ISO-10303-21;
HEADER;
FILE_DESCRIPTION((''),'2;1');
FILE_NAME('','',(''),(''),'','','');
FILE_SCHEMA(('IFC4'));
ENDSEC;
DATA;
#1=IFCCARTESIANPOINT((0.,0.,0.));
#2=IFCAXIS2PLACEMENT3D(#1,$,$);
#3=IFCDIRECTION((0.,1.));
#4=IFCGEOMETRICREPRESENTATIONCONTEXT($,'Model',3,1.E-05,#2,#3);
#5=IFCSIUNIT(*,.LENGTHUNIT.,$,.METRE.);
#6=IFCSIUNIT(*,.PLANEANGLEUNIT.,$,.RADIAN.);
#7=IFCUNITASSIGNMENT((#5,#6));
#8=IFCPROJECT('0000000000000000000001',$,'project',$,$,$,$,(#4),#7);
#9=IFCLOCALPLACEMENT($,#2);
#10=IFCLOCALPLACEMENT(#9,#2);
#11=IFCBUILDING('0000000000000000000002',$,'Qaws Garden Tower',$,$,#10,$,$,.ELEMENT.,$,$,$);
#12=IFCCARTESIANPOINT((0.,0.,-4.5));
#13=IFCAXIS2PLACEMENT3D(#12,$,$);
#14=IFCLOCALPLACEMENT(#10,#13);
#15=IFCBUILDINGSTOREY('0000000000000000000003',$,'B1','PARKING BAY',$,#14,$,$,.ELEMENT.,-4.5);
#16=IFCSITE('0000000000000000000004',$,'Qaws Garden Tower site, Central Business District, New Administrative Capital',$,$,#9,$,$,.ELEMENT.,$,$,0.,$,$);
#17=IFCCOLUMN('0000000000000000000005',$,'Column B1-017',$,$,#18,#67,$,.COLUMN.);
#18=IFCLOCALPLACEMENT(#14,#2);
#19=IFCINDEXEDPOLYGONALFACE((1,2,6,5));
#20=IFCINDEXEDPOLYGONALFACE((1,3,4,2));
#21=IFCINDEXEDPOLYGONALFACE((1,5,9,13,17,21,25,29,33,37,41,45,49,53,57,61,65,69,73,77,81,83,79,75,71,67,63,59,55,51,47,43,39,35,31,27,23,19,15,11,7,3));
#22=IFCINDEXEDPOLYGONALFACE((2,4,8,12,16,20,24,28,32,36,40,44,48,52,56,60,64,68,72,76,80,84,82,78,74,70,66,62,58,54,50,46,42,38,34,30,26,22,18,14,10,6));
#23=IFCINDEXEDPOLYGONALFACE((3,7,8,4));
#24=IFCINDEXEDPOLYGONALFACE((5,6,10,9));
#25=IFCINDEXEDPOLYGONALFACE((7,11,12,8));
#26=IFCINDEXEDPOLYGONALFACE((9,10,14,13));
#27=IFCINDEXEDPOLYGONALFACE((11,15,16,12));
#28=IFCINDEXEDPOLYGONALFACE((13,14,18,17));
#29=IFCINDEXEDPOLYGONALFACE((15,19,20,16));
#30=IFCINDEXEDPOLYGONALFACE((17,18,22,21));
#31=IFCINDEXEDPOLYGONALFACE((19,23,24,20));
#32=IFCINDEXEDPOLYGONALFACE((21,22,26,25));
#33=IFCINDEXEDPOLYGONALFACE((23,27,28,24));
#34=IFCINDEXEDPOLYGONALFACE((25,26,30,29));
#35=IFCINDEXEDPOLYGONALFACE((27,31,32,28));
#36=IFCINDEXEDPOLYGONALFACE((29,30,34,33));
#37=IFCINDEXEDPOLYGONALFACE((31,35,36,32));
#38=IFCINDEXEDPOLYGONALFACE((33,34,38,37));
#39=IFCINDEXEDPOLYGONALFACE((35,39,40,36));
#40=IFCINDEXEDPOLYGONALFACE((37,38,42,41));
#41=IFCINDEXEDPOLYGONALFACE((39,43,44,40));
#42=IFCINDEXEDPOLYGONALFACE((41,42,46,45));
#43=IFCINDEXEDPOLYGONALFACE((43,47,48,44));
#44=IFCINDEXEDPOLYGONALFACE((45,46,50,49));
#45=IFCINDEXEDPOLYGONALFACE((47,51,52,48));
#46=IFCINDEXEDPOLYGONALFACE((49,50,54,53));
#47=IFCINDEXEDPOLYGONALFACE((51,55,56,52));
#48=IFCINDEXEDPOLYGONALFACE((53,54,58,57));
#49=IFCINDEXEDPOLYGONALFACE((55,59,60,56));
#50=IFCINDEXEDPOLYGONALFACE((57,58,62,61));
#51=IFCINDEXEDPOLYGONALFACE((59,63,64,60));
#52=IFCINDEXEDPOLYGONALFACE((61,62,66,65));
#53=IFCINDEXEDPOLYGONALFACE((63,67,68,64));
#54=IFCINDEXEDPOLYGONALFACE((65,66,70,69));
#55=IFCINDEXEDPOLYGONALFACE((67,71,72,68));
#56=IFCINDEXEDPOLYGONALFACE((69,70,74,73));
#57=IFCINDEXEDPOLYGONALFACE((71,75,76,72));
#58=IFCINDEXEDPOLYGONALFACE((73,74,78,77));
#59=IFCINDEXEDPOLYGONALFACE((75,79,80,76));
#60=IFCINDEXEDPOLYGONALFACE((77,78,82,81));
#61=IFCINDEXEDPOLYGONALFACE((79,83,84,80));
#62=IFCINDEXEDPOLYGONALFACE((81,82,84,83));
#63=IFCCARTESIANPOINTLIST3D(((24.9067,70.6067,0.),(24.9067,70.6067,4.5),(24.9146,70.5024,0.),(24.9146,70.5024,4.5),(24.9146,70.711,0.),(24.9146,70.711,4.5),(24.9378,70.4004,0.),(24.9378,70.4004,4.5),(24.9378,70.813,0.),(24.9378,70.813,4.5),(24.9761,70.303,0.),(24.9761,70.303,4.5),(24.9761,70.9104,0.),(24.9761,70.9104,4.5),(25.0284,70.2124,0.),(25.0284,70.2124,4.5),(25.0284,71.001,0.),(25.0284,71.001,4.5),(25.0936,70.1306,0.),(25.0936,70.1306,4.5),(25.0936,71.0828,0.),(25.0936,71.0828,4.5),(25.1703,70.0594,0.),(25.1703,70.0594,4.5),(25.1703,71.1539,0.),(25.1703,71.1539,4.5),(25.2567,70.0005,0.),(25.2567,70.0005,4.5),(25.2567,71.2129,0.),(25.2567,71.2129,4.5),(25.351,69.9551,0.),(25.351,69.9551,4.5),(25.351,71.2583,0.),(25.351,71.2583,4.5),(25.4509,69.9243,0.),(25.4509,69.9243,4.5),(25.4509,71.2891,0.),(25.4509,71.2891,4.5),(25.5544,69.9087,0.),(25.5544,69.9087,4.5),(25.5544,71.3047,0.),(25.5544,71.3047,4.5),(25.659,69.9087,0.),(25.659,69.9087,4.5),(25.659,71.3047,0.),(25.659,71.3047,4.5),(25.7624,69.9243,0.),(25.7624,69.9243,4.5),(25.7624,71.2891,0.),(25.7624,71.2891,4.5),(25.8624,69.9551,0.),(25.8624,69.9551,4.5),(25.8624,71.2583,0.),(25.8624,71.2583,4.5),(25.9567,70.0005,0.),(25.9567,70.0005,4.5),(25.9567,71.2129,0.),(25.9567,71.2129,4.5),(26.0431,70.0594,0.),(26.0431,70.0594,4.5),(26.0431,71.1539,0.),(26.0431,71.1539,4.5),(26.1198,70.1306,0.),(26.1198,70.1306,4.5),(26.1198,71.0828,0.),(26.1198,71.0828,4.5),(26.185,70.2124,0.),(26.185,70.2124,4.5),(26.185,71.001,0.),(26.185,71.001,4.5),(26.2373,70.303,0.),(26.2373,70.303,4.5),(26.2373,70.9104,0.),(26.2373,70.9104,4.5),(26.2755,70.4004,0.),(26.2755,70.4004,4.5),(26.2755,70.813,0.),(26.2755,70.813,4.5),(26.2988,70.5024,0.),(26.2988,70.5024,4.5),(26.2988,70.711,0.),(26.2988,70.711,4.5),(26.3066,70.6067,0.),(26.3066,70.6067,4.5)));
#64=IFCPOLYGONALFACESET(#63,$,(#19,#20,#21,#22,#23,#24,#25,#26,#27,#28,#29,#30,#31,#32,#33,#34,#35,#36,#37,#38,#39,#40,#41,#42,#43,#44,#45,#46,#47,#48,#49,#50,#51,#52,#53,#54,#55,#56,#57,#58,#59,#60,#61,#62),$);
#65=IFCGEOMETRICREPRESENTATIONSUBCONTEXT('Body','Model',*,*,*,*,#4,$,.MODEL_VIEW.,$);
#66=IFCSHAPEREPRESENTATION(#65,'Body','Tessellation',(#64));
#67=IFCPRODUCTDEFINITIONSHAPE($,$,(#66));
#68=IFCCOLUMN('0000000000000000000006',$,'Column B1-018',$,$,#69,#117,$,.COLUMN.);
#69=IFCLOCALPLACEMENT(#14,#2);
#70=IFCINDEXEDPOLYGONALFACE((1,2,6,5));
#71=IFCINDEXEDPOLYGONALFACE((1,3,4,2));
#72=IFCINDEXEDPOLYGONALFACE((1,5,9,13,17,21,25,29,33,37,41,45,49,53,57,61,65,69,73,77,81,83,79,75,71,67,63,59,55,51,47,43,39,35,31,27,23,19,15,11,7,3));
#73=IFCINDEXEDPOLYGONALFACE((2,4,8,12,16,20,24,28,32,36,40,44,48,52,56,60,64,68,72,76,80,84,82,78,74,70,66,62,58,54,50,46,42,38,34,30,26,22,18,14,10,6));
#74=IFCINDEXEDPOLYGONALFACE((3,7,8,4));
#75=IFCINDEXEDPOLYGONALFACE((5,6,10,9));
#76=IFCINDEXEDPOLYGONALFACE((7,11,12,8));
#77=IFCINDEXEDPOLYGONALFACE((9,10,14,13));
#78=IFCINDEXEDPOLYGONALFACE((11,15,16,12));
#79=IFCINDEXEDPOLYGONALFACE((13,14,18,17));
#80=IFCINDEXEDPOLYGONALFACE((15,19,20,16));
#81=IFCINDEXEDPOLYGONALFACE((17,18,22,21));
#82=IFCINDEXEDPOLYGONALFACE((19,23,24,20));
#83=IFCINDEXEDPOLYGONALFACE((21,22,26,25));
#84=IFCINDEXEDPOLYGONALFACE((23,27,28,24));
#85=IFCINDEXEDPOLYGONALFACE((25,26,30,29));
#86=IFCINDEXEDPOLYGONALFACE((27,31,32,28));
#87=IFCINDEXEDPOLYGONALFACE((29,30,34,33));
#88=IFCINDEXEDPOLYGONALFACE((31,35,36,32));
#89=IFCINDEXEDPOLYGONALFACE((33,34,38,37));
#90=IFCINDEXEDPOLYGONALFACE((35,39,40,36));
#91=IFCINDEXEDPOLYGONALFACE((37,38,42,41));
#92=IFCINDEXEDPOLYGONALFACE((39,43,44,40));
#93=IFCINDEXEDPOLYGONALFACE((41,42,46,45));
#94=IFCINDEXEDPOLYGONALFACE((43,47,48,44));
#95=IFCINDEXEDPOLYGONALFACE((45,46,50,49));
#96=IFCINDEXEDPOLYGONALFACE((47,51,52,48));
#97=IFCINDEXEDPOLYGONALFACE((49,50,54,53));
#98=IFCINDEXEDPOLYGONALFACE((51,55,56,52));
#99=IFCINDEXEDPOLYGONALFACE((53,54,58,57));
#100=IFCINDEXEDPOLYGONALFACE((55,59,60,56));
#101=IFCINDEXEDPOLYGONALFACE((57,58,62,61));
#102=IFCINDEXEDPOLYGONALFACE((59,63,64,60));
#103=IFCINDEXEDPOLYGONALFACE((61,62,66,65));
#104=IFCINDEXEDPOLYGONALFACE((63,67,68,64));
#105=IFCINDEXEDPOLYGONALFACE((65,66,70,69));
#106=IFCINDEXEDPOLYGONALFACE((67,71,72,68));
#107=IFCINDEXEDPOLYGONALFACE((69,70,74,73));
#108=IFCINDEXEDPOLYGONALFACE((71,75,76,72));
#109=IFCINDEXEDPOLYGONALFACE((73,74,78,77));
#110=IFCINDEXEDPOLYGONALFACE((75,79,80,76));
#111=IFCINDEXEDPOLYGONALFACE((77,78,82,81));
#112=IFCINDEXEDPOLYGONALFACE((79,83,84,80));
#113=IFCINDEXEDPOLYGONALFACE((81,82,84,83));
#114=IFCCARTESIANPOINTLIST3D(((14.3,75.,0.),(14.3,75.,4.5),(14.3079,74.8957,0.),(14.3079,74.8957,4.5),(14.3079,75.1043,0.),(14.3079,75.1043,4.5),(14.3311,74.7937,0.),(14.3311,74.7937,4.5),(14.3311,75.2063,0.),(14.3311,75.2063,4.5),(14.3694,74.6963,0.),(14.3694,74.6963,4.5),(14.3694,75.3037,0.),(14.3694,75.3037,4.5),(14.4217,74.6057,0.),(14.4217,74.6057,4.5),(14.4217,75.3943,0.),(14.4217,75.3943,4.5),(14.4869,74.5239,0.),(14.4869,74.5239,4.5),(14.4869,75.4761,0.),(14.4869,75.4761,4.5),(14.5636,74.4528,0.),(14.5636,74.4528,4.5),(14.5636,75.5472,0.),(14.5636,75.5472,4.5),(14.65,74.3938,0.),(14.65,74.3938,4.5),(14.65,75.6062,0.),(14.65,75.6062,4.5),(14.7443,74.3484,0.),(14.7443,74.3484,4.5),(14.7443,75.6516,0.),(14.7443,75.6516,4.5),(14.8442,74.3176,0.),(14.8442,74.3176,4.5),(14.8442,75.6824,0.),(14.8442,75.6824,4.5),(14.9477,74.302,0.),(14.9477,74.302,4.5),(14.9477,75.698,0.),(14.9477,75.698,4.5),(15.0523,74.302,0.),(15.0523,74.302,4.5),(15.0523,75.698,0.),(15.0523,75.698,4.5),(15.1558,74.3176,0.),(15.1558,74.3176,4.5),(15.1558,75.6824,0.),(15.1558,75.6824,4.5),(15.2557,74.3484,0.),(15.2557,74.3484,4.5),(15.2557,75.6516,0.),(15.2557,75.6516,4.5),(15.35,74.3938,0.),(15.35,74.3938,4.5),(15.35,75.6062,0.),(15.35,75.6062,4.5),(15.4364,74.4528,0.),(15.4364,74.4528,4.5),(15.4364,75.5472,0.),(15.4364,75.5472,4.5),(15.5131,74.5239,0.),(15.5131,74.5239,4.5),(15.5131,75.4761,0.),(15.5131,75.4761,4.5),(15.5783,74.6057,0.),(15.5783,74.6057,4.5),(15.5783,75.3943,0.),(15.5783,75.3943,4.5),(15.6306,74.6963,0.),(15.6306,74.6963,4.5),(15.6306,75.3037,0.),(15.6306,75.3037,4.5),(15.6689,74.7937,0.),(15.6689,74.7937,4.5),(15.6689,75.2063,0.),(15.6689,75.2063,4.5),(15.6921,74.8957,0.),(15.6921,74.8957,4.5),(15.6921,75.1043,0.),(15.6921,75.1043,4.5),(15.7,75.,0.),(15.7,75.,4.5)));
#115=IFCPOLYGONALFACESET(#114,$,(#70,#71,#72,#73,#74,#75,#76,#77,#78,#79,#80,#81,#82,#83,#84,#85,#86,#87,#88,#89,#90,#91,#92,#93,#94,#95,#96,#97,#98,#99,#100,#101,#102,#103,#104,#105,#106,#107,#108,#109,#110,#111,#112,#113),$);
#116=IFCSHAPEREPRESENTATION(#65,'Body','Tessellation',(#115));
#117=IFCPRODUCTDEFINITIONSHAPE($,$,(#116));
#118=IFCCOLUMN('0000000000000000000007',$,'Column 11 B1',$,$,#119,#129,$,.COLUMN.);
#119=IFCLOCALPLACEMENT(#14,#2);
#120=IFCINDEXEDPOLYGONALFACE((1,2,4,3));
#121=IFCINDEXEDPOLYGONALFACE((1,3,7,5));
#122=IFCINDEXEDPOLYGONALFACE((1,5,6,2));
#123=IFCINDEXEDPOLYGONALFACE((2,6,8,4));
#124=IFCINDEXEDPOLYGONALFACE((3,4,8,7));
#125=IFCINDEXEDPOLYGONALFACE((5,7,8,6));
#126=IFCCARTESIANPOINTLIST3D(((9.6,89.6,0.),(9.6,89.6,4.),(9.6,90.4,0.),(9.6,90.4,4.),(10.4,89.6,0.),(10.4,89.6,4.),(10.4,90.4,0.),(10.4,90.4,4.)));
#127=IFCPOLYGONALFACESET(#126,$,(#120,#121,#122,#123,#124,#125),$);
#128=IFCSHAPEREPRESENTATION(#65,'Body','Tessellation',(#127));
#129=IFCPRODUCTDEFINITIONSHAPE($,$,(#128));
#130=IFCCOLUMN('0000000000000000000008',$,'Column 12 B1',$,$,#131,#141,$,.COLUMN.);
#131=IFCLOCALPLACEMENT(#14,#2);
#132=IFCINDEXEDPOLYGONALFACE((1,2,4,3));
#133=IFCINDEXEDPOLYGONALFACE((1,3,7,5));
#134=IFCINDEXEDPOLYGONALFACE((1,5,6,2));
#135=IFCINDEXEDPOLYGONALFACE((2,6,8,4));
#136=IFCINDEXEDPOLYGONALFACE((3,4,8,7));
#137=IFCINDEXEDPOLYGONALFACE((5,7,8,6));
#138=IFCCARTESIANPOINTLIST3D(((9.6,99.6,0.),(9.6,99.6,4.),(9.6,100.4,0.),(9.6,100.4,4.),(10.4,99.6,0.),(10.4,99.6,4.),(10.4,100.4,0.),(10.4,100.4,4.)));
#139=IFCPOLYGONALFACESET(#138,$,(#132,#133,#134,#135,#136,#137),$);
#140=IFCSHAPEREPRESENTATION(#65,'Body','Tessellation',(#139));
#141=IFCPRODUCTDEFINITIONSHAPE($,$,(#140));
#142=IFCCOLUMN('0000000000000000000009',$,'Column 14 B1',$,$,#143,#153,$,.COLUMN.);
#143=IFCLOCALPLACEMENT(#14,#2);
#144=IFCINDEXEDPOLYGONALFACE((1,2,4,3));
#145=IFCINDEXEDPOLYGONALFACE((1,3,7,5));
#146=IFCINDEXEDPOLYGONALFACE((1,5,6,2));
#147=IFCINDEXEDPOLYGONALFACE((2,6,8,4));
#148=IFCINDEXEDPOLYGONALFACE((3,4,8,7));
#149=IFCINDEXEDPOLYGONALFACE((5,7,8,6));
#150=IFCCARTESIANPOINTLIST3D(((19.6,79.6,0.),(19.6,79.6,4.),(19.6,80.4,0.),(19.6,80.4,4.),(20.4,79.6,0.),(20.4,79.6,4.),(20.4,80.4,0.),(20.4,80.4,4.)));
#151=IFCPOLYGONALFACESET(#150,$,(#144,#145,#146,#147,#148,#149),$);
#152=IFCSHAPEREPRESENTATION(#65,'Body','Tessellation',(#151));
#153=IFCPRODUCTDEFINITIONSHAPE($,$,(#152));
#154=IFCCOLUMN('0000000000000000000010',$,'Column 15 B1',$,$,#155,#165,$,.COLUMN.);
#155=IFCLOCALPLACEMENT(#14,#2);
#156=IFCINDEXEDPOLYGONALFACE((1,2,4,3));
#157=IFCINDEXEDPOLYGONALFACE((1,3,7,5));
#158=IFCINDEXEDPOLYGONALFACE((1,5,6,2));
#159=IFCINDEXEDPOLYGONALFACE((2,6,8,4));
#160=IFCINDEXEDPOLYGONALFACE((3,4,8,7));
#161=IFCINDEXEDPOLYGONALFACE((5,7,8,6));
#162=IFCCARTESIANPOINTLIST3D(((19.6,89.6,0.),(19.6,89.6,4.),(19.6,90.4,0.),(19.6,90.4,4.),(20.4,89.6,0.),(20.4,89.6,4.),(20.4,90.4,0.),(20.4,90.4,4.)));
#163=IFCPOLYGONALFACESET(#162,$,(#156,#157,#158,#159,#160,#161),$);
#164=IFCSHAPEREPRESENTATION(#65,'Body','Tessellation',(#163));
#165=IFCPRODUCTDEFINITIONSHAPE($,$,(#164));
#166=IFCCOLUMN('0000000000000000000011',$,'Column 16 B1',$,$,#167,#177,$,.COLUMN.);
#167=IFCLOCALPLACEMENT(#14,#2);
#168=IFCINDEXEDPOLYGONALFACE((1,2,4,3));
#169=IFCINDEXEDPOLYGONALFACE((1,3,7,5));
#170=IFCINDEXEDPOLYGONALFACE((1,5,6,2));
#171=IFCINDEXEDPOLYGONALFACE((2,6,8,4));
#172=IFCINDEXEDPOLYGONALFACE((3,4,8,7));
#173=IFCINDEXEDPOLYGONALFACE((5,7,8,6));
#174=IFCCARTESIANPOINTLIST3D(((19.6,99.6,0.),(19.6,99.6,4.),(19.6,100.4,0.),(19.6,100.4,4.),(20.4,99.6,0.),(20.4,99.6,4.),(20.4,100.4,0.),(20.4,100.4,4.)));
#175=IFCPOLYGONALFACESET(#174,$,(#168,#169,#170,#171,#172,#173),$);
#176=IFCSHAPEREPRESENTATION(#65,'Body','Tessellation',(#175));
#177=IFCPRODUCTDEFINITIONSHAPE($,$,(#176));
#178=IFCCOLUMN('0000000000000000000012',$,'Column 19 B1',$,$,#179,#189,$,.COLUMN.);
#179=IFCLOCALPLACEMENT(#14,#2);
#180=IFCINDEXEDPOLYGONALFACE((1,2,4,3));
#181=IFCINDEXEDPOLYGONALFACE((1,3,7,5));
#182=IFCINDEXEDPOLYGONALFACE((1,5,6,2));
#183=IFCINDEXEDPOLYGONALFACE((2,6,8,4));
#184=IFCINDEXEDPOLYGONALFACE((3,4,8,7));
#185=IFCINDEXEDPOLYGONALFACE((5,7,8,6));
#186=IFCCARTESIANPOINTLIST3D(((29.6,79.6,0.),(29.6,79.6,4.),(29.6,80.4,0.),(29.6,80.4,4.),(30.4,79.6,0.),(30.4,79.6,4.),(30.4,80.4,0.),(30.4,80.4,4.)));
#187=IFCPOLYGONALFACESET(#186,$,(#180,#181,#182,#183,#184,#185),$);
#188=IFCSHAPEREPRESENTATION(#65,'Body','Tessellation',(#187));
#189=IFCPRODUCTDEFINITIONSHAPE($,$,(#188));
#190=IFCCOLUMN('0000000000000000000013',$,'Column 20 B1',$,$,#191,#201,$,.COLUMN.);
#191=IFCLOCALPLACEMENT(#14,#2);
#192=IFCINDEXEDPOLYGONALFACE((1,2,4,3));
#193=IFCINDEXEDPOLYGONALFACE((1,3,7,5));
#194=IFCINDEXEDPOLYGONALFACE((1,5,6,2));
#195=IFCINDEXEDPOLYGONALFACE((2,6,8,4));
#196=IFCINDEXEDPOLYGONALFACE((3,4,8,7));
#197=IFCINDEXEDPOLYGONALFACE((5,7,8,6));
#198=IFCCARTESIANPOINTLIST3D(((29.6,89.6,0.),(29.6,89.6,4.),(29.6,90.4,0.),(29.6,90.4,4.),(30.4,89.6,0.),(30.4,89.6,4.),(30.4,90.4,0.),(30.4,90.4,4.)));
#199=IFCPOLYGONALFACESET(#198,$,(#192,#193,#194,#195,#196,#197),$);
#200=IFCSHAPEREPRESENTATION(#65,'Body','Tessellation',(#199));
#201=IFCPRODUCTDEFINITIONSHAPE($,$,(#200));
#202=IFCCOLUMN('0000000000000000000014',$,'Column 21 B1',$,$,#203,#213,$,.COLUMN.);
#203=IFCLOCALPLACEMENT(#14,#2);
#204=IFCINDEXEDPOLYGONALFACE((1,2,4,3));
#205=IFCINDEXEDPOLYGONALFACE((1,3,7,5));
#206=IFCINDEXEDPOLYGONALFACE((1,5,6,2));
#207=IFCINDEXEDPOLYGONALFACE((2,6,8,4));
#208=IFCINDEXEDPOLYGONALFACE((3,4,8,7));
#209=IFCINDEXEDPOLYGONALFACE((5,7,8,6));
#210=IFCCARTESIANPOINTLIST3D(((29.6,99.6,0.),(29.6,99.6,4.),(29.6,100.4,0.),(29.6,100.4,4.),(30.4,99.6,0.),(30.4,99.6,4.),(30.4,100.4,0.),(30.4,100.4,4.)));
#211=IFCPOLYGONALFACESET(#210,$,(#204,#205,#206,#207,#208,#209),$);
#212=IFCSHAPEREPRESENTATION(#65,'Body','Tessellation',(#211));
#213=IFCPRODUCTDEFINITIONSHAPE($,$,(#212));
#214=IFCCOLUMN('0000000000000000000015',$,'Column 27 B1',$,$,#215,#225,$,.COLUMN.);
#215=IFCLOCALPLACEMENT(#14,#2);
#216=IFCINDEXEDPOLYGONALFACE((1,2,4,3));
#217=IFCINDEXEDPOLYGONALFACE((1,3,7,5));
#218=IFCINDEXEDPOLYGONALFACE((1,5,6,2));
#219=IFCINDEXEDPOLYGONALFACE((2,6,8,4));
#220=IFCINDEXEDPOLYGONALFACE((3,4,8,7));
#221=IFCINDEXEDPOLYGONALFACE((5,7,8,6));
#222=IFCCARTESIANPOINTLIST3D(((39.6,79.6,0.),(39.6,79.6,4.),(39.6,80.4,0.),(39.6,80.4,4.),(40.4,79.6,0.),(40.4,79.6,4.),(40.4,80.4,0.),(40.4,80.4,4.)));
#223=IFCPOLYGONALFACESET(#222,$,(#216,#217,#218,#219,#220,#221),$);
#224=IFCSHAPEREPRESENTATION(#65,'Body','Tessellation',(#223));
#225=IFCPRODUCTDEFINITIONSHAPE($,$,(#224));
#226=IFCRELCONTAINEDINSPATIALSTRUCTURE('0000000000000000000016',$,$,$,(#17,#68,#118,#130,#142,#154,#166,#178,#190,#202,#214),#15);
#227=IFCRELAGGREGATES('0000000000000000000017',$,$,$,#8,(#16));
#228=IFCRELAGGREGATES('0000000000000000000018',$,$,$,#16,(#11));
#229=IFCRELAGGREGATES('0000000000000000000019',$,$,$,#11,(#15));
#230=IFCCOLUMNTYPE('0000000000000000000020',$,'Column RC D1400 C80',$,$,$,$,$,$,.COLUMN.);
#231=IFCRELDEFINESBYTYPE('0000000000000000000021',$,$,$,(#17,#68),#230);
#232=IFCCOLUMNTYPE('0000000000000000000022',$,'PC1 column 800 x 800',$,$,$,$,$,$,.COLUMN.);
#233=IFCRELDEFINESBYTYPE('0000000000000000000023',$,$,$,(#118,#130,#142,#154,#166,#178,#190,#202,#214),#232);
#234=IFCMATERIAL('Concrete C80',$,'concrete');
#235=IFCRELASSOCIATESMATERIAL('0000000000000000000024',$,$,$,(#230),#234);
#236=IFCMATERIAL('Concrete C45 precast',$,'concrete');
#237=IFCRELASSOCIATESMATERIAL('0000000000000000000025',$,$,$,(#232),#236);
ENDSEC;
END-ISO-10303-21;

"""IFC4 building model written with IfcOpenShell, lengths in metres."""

from ifc_helpers import new_model, si_unit, direction, frame, origin, origin_2d, place, context, subcontext, project, spatial, rectangle, circle, extrude, material, material_profile, profile_set, type_object, element, save


model = new_model("IFC4")

# Units and contexts
model_context = context("Model", 3, precision=1e-05, world=origin(), true_north=direction((0.0, 1.0)))
body_context = subcontext(model_context, "Body", "Model", "MODEL_VIEW")
ifc_project = project(units=[si_unit("LENGTHUNIT", "METRE"), si_unit("PLANEANGLEUNIT", "RADIAN")], contexts=[model_context])

# Site, building, storey
site_placement = place(None, origin())
site = spatial("IfcSite", under=ifc_project, at=site_placement, Name="Qaws Garden Tower site, Central Business District, New Administrative Capital", CompositionType="ELEMENT", RefElevation=0.0)
building_placement = place(site_placement, origin())
building = spatial("IfcBuilding", under=site, at=building_placement, Name="Qaws Garden Tower", CompositionType="ELEMENT")
storey_placement = place(building_placement, frame((0.0, 0.0, -4.5)))
storey = spatial("IfcBuildingStorey", under=building, at=storey_placement, Name="B1", Description="PARKING BAY", CompositionType="ELEMENT", Elevation=-4.5)

# Columns
ifc_material_1 = material(Name="Concrete C80", Category="concrete")
ifc_material_profile_1 = material_profile(ifc_material_1, circle(Radius=0.7, at=origin_2d()), Name="RC D1400")
ifc_profile_set_1 = profile_set([ifc_material_profile_1], Name="Concrete C80")
column_type_1 = type_object("IfcColumnType", Name="Column RC D1400 C80", PredefinedType="COLUMN", material=ifc_profile_set_1)
for number, where, z_axis, x_axis, name in (
    (1, (25.6067, 70.6067, 0.0), (0.0, 0.0, 1.0), (1.0, 0.0, 0.0), "Column B1-017"),
    (2, (15.0, 75.0, 0.0), (0.0, 0.0, 1.0), (1.0, 0.0, 0.0), "Column B1-018"),
):
    element("IfcColumn", number, at=place(storey_placement, frame(where, z_axis=z_axis, x_axis=x_axis)), inside=storey, type_object=column_type_1, Name=name, PredefinedType="COLUMN", context=body_context, shape_type="SweptSolid", body=[
        extrude(circle(Radius=0.7, at=origin_2d()), origin(), (0.0, 0.0, 1.0), 4.5),
    ])
ifc_material_2 = material(Name="Concrete C45 precast", Category="concrete")
ifc_material_profile_2 = material_profile(ifc_material_2, rectangle(XDim=0.8, YDim=0.8, at=origin_2d()), Name="PC1 column 800 x 800")
ifc_profile_set_2 = profile_set([ifc_material_profile_2], Name="Concrete C45 precast")
column_type_2 = type_object("IfcColumnType", Name="PC1 column 800 x 800", PredefinedType="COLUMN", material=ifc_profile_set_2)
for number, where, z_axis, x_axis, name in (
    (3, (10.0, 90.0, 0.0), (0.0, 0.0, 1.0), (1.0, 0.0, 0.0), "Column 11 B1"),
    (4, (10.0, 100.0, 0.0), (0.0, 0.0, 1.0), (1.0, 0.0, 0.0), "Column 12 B1"),
    (5, (20.0, 80.0, 0.0), (0.0, 0.0, 1.0), (1.0, 0.0, 0.0), "Column 14 B1"),
    (6, (20.0, 90.0, 0.0), (0.0, 0.0, 1.0), (1.0, 0.0, 0.0), "Column 15 B1"),
    (7, (20.0, 100.0, 0.0), (0.0, 0.0, 1.0), (1.0, 0.0, 0.0), "Column 16 B1"),
    (8, (30.0, 80.0, 0.0), (0.0, 0.0, 1.0), (1.0, 0.0, 0.0), "Column 19 B1"),
    (9, (30.0, 90.0, 0.0), (0.0, 0.0, 1.0), (1.0, 0.0, 0.0), "Column 20 B1"),
    (10, (30.0, 100.0, 0.0), (0.0, 0.0, 1.0), (1.0, 0.0, 0.0), "Column 21 B1"),
    (11, (40.0, 80.0, 0.0), (0.0, 0.0, 1.0), (1.0, 0.0, 0.0), "Column 27 B1"),
):
    element("IfcColumn", number, at=place(storey_placement, frame(where, z_axis=z_axis, x_axis=x_axis)), inside=storey, type_object=column_type_2, Name=name, PredefinedType="COLUMN", context=body_context, shape_type="SweptSolid", body=[
        extrude(rectangle(XDim=0.8, YDim=0.8, at=origin_2d()), origin(), (0.0, 0.0, 1.0), 4.0),
    ])

save(model, "model.ifc")
